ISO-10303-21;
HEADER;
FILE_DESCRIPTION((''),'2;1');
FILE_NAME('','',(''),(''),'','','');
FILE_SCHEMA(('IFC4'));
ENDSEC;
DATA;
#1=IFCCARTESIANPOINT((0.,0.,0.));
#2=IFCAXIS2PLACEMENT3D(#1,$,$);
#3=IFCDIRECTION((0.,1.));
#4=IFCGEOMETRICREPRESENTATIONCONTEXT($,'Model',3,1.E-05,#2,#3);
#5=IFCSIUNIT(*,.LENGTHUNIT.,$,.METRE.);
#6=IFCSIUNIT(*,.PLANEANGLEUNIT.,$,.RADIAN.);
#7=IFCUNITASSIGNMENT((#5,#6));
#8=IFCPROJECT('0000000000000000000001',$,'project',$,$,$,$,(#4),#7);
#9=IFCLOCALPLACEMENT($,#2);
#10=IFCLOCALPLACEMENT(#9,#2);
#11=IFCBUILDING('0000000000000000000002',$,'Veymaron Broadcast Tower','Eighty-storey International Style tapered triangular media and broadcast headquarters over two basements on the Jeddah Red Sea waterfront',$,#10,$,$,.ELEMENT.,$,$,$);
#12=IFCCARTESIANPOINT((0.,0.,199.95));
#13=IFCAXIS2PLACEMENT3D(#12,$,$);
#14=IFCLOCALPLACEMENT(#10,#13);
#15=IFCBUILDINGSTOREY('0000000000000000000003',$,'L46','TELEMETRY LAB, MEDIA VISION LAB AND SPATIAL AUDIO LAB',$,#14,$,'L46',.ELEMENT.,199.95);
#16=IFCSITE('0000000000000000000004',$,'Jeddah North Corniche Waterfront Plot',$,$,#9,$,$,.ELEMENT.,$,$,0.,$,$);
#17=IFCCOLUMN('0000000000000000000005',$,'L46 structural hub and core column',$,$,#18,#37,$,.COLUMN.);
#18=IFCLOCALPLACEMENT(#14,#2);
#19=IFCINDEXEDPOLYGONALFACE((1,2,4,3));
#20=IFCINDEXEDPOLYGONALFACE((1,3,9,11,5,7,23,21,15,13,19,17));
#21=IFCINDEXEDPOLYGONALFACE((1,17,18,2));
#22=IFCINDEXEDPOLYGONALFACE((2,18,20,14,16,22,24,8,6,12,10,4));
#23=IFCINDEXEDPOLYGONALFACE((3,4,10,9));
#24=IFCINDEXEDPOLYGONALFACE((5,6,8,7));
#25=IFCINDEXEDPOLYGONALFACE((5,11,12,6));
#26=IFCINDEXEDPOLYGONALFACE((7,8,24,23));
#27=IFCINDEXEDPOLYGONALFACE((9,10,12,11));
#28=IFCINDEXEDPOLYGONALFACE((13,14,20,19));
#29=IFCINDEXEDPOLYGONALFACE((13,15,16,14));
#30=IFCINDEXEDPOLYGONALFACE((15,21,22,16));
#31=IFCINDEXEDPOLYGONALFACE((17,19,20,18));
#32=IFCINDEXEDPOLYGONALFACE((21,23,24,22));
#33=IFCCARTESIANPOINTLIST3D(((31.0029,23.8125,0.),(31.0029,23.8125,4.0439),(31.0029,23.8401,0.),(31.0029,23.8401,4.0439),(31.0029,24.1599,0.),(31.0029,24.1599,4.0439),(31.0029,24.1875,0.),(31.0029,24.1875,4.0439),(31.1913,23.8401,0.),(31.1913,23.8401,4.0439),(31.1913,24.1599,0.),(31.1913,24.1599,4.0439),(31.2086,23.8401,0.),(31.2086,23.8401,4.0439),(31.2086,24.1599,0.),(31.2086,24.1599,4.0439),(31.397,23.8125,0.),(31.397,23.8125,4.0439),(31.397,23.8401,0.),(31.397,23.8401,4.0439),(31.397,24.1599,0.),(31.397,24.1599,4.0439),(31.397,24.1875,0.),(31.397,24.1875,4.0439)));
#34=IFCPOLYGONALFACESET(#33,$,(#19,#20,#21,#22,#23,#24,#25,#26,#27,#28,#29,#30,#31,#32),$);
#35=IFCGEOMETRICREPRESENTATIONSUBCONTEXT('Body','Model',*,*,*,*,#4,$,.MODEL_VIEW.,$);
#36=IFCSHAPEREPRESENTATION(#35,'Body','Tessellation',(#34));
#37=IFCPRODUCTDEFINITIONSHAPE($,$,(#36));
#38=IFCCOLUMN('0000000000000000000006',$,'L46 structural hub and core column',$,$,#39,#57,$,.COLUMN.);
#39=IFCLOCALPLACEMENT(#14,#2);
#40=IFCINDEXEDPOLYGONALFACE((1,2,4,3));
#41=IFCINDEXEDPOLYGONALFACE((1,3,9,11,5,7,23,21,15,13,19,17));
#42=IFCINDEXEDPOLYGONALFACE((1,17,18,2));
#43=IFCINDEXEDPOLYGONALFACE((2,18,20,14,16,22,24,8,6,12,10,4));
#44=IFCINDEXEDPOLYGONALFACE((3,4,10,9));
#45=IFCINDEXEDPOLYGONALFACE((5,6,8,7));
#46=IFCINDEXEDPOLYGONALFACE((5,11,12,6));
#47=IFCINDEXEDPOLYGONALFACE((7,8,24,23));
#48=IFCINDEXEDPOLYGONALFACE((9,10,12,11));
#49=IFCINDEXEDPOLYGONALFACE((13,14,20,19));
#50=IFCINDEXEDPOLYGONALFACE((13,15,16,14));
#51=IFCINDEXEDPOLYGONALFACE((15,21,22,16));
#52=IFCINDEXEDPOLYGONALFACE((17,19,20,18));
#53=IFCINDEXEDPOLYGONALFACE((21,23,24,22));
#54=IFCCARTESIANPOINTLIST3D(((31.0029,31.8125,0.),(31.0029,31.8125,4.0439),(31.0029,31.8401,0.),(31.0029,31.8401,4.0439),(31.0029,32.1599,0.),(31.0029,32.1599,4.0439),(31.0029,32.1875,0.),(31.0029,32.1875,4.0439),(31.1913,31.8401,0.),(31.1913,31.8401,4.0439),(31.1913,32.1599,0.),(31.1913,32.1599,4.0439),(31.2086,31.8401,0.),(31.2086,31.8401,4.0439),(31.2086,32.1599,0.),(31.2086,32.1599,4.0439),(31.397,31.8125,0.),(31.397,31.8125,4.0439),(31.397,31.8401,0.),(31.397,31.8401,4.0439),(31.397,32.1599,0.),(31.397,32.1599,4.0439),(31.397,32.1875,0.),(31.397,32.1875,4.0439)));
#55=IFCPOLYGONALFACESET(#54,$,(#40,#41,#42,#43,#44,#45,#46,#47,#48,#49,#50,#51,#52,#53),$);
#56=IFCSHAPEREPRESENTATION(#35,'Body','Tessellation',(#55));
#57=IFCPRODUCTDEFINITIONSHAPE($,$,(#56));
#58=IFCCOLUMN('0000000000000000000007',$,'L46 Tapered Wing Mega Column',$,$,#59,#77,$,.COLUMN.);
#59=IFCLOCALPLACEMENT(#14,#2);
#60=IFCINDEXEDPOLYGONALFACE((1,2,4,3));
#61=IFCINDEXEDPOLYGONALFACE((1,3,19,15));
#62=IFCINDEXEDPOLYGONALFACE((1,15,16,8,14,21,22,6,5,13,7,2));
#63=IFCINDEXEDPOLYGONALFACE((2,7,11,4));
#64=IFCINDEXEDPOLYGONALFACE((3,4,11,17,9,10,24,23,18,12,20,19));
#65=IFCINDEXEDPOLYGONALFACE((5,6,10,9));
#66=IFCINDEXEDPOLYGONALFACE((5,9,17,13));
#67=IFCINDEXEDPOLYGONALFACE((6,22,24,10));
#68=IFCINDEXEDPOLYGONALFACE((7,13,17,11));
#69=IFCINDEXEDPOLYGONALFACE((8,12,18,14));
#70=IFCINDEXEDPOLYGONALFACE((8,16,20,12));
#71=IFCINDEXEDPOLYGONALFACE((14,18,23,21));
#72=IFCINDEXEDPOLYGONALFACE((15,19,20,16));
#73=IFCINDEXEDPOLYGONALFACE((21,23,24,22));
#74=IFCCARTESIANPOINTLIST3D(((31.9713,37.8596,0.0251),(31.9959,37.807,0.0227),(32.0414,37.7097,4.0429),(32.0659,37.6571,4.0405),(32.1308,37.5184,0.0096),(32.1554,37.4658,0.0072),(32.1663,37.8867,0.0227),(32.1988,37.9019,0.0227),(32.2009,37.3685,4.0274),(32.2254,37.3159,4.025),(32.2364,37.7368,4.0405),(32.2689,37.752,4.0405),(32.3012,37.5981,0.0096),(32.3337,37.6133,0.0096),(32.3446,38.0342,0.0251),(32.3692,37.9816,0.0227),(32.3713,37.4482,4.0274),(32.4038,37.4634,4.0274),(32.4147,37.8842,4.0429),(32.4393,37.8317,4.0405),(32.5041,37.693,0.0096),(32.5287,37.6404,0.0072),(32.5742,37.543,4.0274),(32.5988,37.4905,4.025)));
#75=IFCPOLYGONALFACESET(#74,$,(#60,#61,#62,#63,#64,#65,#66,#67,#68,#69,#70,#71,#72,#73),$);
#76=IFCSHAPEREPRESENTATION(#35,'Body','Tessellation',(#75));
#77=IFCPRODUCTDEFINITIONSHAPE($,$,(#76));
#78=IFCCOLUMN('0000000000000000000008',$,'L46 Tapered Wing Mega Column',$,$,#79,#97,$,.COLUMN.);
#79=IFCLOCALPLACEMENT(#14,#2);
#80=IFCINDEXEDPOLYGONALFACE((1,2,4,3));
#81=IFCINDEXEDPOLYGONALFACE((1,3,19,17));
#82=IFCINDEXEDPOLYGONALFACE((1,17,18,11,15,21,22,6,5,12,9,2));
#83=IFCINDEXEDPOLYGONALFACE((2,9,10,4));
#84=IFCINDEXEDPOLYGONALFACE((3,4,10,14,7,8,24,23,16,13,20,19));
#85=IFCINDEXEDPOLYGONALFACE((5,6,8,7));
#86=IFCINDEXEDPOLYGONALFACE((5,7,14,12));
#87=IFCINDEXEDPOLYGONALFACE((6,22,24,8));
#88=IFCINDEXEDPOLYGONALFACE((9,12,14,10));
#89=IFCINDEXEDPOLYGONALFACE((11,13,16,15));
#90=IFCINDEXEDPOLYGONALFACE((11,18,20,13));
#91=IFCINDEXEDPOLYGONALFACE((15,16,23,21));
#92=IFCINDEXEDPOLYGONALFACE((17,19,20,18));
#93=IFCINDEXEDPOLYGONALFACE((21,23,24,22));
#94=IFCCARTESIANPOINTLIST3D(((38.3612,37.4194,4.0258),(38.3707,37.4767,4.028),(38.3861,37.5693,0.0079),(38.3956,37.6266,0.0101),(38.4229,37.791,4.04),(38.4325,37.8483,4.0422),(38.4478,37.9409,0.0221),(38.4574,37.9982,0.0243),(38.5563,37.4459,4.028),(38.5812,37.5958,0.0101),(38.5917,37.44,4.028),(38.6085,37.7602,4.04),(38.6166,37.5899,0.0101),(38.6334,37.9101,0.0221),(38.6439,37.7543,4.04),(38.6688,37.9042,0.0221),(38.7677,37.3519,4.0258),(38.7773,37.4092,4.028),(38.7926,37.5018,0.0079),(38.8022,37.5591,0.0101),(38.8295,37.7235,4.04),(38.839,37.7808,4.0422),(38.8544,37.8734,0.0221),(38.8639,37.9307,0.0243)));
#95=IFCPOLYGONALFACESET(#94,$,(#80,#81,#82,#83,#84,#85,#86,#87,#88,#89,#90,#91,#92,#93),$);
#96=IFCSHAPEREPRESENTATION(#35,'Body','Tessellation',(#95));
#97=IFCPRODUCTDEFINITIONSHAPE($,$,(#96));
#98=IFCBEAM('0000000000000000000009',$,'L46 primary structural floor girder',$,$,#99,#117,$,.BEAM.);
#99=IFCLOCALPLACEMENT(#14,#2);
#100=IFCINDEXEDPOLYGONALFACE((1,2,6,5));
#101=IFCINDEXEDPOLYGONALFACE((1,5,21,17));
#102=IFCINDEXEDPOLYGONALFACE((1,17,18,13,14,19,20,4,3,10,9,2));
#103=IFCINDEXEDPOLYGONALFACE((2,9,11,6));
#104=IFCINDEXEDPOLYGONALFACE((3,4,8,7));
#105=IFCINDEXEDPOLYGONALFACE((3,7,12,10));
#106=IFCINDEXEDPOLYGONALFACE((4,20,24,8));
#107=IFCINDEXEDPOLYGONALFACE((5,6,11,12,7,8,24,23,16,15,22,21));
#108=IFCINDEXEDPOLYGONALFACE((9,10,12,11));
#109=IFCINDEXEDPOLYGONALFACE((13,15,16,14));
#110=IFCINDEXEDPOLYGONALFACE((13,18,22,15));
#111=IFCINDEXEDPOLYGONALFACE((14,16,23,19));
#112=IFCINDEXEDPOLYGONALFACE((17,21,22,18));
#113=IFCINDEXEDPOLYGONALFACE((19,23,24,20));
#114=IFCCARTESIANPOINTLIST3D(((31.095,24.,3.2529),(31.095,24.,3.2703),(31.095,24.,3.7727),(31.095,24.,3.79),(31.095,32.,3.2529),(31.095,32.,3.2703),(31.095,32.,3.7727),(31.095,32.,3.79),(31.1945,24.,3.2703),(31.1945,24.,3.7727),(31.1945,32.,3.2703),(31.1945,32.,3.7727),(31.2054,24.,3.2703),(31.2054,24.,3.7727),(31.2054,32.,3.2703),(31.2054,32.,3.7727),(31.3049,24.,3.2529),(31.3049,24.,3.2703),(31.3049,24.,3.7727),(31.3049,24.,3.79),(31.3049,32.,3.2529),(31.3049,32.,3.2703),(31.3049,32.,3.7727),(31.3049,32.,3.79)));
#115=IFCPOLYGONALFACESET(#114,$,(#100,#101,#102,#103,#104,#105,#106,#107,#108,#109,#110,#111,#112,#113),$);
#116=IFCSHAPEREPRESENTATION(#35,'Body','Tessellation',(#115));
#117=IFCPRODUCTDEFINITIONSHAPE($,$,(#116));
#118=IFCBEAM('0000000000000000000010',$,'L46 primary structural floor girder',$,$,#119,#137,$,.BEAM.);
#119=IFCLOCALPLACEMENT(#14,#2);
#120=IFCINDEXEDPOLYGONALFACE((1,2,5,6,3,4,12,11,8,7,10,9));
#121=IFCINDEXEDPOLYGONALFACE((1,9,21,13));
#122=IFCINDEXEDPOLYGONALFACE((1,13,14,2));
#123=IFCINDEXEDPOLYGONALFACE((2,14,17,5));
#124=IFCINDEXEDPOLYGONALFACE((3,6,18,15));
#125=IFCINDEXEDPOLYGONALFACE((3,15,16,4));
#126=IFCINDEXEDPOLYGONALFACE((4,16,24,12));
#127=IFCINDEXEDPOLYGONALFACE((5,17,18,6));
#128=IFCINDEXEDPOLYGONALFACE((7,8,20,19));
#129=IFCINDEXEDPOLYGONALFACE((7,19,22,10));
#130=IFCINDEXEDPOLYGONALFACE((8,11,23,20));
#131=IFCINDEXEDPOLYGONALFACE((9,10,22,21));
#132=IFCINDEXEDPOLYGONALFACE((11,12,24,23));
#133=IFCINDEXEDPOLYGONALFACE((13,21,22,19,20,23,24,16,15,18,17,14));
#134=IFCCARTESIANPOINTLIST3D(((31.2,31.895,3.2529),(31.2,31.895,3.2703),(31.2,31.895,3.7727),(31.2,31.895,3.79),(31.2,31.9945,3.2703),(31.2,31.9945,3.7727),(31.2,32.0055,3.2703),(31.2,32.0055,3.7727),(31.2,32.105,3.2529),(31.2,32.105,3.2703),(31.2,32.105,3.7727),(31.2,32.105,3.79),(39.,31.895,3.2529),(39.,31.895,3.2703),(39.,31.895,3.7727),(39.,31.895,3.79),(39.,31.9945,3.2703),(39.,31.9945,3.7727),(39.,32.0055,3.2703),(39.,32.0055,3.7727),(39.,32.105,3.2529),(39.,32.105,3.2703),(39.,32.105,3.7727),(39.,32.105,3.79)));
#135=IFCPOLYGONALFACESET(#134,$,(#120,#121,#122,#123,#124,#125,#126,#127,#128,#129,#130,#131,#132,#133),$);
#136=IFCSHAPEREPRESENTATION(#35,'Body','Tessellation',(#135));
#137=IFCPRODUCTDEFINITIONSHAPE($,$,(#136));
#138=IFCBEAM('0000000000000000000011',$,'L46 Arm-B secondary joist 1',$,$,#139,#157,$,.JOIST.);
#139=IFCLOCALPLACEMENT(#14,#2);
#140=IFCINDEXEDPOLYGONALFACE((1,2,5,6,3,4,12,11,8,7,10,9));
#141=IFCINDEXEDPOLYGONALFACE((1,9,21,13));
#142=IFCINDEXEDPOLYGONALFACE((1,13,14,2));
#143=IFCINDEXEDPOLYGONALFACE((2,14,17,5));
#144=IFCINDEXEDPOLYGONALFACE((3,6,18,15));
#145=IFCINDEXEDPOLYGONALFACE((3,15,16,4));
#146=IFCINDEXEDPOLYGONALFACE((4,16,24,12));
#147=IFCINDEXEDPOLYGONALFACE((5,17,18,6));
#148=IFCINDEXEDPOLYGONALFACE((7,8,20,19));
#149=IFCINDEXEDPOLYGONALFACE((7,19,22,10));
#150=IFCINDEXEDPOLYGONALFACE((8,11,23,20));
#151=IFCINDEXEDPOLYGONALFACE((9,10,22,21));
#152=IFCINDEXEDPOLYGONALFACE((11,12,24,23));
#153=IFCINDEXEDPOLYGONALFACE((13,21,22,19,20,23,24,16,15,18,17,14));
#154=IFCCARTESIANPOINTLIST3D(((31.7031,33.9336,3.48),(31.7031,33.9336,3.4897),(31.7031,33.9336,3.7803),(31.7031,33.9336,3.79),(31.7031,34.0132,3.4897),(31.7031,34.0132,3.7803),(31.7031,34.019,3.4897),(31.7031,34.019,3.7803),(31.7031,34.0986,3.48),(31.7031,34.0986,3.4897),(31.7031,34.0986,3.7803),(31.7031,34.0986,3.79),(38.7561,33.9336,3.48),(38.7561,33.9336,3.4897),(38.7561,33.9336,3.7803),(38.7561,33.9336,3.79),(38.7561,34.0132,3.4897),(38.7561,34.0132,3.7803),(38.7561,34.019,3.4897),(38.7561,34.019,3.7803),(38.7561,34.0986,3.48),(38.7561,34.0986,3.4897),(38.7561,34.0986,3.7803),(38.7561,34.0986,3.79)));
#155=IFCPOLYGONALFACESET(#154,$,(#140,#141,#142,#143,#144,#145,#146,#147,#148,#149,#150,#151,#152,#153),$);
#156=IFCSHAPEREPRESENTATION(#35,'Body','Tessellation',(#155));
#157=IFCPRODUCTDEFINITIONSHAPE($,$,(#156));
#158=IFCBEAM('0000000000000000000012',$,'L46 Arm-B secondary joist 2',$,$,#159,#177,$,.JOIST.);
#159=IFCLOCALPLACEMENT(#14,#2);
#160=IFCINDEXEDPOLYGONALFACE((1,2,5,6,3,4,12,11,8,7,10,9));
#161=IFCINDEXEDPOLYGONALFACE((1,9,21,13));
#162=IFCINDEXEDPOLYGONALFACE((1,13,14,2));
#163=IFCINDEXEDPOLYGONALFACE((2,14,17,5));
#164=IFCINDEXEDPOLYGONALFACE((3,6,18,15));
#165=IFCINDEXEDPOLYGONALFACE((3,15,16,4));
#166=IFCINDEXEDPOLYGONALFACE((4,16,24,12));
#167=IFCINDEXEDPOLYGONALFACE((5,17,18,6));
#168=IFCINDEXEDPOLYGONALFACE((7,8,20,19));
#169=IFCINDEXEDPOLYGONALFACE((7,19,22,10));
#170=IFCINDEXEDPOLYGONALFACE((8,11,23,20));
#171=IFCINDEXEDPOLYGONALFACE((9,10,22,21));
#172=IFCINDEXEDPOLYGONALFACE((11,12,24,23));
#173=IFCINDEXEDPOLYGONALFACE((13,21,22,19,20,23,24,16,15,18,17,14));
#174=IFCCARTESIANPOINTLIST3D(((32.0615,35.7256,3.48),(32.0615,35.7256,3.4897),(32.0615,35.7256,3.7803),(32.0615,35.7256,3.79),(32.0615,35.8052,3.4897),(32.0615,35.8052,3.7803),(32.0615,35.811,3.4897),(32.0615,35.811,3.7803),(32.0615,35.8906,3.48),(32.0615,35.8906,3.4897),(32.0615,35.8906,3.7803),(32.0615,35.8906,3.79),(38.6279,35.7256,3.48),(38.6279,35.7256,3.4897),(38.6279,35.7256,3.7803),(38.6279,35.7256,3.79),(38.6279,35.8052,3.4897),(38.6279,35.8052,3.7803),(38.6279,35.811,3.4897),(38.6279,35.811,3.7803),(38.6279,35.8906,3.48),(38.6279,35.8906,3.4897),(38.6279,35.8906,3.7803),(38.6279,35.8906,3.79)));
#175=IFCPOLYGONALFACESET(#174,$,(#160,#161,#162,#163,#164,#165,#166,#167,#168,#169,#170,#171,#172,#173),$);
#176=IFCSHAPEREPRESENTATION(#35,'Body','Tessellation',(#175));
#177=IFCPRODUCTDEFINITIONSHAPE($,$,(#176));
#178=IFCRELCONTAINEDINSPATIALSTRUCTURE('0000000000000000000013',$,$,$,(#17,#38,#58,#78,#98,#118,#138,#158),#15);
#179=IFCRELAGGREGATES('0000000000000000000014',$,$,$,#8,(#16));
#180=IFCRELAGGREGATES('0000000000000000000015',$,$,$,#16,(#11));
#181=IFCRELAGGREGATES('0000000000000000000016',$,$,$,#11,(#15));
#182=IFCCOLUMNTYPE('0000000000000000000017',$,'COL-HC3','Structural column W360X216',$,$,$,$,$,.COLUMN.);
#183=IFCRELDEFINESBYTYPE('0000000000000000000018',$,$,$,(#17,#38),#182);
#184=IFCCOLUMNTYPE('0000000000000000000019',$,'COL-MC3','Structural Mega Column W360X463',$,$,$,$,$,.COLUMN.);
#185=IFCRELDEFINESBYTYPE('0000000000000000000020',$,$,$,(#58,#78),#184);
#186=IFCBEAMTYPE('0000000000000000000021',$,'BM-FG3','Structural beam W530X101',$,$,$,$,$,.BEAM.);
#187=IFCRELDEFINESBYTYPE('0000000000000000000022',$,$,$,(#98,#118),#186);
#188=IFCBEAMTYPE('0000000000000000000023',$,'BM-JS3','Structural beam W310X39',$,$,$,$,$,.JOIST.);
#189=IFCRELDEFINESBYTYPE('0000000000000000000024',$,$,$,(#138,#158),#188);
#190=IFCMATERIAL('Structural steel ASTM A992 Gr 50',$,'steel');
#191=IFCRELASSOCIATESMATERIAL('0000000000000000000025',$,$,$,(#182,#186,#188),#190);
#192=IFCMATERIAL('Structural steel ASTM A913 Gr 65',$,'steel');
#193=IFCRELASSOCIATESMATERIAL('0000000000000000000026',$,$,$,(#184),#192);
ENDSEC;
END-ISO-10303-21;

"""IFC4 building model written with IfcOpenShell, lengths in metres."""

from ifc_helpers import new_model, si_unit, direction, frame, origin, origin_2d, place, context, subcontext, project, spatial, i_section, extrude, material, material_profile, profile_set, type_object, element, save


model = new_model("IFC4")

# Units and contexts
model_context = context("Model", 3, precision=1e-05, world=origin(), true_north=direction((0.0, 1.0)))
body_context = subcontext(model_context, "Body", "Model", "MODEL_VIEW")
ifc_project = project(units=[si_unit("LENGTHUNIT", "METRE"), si_unit("PLANEANGLEUNIT", "RADIAN")], contexts=[model_context])

# Site, building, storey
site_placement = place(None, origin())
site = spatial("IfcSite", under=ifc_project, at=site_placement, Name="Jeddah North Corniche Waterfront Plot", CompositionType="ELEMENT", RefElevation=0.0)
building_placement = place(site_placement, origin())
building = spatial("IfcBuilding", under=site, at=building_placement, Name="Veymaron Broadcast Tower", Description="Eighty-storey International Style tapered triangular media and broadcast headquarters over two basements on the Jeddah Red Sea waterfront", CompositionType="ELEMENT")
storey_placement = place(building_placement, frame((0.0, 0.0, 199.95)))
storey = spatial("IfcBuildingStorey", under=building, at=storey_placement, Name="L46", Description="TELEMETRY LAB, MEDIA VISION LAB AND SPATIAL AUDIO LAB", LongName="L46", CompositionType="ELEMENT", Elevation=199.95)

# Columns
ifc_material_1 = material(Name="Structural steel ASTM A992 Gr 50", Category="steel")
ifc_material_profile_1 = material_profile(ifc_material_1, i_section(OverallWidth=0.394, OverallDepth=0.375, WebThickness=0.0173, FlangeThickness=0.0276, at=origin_2d()), Name="W360X216")
ifc_profile_set_1 = profile_set([ifc_material_profile_1], Name="Structural steel ASTM A992 Gr 50")
column_type_1 = type_object("IfcColumnType", Name="COL-HC3", Description="Structural column W360X216", PredefinedType="COLUMN", material=ifc_profile_set_1)
for number, where, z_axis, x_axis, name in (
    (1, (31.2, 24.0, 0.0), (0.0, 0.0, 1.0), (1.0, 0.0, 0.0), "L46 structural hub and core column"),
    (2, (31.2, 32.0, 0.0), (0.0, 0.0, 1.0), (1.0, 0.0, 0.0), "L46 structural hub and core column"),
):
    element("IfcColumn", number, at=place(storey_placement, frame(where, z_axis=z_axis, x_axis=x_axis)), inside=storey, type_object=column_type_1, Name=name, PredefinedType="COLUMN", context=body_context, shape_type="SweptSolid", body=[
        extrude(i_section(OverallWidth=0.394, OverallDepth=0.375, WebThickness=0.0173, FlangeThickness=0.0276, at=origin_2d()), origin(), (0.0, 0.0, 1.0), 4.0439),
    ])
ifc_material_2 = material(Name="Structural steel ASTM A913 Gr 65", Category="steel")
ifc_material_profile_2 = material_profile(ifc_material_2, i_section(OverallWidth=0.4121, OverallDepth=0.4351, WebThickness=0.0359, FlangeThickness=0.0581, at=origin_2d()), Name="W360X463")
ifc_profile_set_2 = profile_set([ifc_material_profile_2], Name="Structural steel ASTM A913 Gr 65")
column_type_2 = type_object("IfcColumnType", Name="COL-MC3", Description="Structural Mega Column W360X463", PredefinedType="COLUMN", material=ifc_profile_set_2)
column_1_placement = place(storey_placement, frame((32.25, 37.75, 0.0161), z_axis=(0.017425, -0.037278, 0.999153), x_axis=(0.905919, 0.423451, 0.0)))
element("IfcColumn", 3, at=column_1_placement, inside=storey, type_object=column_type_2, Name="L46 Tapered Wing Mega Column", PredefinedType="COLUMN", context=body_context, shape_type="SweptSolid", body=[
    extrude(i_section(OverallWidth=0.4121, OverallDepth=0.4351, WebThickness=0.0359, FlangeThickness=0.0581, at=origin_2d()), origin(), (0.0, 0.0, 1.0), 4.0212),
])
column_2_placement = place(storey_placement, frame((38.625, 37.75, 0.0161), z_axis=(-0.006194, -0.037283, 0.999286), x_axis=(0.986481, -0.163878, 0.0)))
element("IfcColumn", 4, at=column_2_placement, inside=storey, type_object=column_type_2, Name="L46 Tapered Wing Mega Column", PredefinedType="COLUMN", context=body_context, shape_type="SweptSolid", body=[
    extrude(i_section(OverallWidth=0.4121, OverallDepth=0.4351, WebThickness=0.0359, FlangeThickness=0.0581, at=origin_2d()), origin(), (0.0, 0.0, 1.0), 4.0208),
])

# Beams
ifc_material_profile_3 = material_profile(ifc_material_1, i_section(OverallWidth=0.21, OverallDepth=0.5371, WebThickness=0.011, FlangeThickness=0.0173, at=origin_2d()), Name="W530X101")
ifc_profile_set_3 = profile_set([ifc_material_profile_3], Name="Structural steel ASTM A992 Gr 50")
beam_type_1 = type_object("IfcBeamType", Name="BM-FG3", Description="Structural beam W530X101", PredefinedType="BEAM", material=ifc_profile_set_3)
beam_1_placement = place(storey_placement, frame((31.2, 24.0, 3.5215), z_axis=(0.0, 1.0, 0.0), x_axis=(-1.0, 0.0, 0.0)))
element("IfcBeam", 5, at=beam_1_placement, inside=storey, type_object=beam_type_1, Name="L46 primary structural floor girder", PredefinedType="BEAM", context=body_context, shape_type="SweptSolid", body=[
    extrude(i_section(OverallWidth=0.21, OverallDepth=0.5371, WebThickness=0.011, FlangeThickness=0.0173, at=origin_2d()), origin(), (0.0, 0.0, 1.0), 8.0),
])
beam_2_placement = place(storey_placement, frame((31.2, 32.0, 3.5215), z_axis=(1.0, 0.0, 0.0), x_axis=(0.0, 1.0, 0.0)))
element("IfcBeam", 6, at=beam_2_placement, inside=storey, type_object=beam_type_1, Name="L46 primary structural floor girder", PredefinedType="BEAM", context=body_context, shape_type="SweptSolid", body=[
    extrude(i_section(OverallWidth=0.21, OverallDepth=0.5371, WebThickness=0.011, FlangeThickness=0.0173, at=origin_2d()), origin(), (0.0, 0.0, 1.0), 7.8),
])
ifc_material_profile_4 = material_profile(ifc_material_1, i_section(OverallWidth=0.165, OverallDepth=0.3101, WebThickness=0.0059, FlangeThickness=0.0098, at=origin_2d()), Name="W310X39")
ifc_profile_set_4 = profile_set([ifc_material_profile_4], Name="Structural steel ASTM A992 Gr 50")
beam_type_2 = type_object("IfcBeamType", Name="BM-JS3", Description="Structural beam W310X39", PredefinedType="JOIST", material=ifc_profile_set_4)
beam_3_placement = place(storey_placement, frame((31.7031, 34.0161, 3.635), z_axis=(1.0, 0.0, 0.0), x_axis=(0.0, 1.0, 0.0)))
element("IfcBeam", 7, at=beam_3_placement, inside=storey, type_object=beam_type_2, Name="L46 Arm-B secondary joist 1", PredefinedType="JOIST", context=body_context, shape_type="SweptSolid", body=[
    extrude(i_section(OverallWidth=0.165, OverallDepth=0.3101, WebThickness=0.0059, FlangeThickness=0.0098, at=origin_2d()), origin(), (0.0, 0.0, 1.0), 7.053),
])
beam_4_placement = place(storey_placement, frame((32.0615, 35.8081, 3.635), z_axis=(1.0, 0.0, 0.0), x_axis=(0.0, 1.0, 0.0)))
element("IfcBeam", 8, at=beam_4_placement, inside=storey, type_object=beam_type_2, Name="L46 Arm-B secondary joist 2", PredefinedType="JOIST", context=body_context, shape_type="SweptSolid", body=[
    extrude(i_section(OverallWidth=0.165, OverallDepth=0.3101, WebThickness=0.0059, FlangeThickness=0.0098, at=origin_2d()), origin(), (0.0, 0.0, 1.0), 6.5664),
])

save(model, "model.ifc")
